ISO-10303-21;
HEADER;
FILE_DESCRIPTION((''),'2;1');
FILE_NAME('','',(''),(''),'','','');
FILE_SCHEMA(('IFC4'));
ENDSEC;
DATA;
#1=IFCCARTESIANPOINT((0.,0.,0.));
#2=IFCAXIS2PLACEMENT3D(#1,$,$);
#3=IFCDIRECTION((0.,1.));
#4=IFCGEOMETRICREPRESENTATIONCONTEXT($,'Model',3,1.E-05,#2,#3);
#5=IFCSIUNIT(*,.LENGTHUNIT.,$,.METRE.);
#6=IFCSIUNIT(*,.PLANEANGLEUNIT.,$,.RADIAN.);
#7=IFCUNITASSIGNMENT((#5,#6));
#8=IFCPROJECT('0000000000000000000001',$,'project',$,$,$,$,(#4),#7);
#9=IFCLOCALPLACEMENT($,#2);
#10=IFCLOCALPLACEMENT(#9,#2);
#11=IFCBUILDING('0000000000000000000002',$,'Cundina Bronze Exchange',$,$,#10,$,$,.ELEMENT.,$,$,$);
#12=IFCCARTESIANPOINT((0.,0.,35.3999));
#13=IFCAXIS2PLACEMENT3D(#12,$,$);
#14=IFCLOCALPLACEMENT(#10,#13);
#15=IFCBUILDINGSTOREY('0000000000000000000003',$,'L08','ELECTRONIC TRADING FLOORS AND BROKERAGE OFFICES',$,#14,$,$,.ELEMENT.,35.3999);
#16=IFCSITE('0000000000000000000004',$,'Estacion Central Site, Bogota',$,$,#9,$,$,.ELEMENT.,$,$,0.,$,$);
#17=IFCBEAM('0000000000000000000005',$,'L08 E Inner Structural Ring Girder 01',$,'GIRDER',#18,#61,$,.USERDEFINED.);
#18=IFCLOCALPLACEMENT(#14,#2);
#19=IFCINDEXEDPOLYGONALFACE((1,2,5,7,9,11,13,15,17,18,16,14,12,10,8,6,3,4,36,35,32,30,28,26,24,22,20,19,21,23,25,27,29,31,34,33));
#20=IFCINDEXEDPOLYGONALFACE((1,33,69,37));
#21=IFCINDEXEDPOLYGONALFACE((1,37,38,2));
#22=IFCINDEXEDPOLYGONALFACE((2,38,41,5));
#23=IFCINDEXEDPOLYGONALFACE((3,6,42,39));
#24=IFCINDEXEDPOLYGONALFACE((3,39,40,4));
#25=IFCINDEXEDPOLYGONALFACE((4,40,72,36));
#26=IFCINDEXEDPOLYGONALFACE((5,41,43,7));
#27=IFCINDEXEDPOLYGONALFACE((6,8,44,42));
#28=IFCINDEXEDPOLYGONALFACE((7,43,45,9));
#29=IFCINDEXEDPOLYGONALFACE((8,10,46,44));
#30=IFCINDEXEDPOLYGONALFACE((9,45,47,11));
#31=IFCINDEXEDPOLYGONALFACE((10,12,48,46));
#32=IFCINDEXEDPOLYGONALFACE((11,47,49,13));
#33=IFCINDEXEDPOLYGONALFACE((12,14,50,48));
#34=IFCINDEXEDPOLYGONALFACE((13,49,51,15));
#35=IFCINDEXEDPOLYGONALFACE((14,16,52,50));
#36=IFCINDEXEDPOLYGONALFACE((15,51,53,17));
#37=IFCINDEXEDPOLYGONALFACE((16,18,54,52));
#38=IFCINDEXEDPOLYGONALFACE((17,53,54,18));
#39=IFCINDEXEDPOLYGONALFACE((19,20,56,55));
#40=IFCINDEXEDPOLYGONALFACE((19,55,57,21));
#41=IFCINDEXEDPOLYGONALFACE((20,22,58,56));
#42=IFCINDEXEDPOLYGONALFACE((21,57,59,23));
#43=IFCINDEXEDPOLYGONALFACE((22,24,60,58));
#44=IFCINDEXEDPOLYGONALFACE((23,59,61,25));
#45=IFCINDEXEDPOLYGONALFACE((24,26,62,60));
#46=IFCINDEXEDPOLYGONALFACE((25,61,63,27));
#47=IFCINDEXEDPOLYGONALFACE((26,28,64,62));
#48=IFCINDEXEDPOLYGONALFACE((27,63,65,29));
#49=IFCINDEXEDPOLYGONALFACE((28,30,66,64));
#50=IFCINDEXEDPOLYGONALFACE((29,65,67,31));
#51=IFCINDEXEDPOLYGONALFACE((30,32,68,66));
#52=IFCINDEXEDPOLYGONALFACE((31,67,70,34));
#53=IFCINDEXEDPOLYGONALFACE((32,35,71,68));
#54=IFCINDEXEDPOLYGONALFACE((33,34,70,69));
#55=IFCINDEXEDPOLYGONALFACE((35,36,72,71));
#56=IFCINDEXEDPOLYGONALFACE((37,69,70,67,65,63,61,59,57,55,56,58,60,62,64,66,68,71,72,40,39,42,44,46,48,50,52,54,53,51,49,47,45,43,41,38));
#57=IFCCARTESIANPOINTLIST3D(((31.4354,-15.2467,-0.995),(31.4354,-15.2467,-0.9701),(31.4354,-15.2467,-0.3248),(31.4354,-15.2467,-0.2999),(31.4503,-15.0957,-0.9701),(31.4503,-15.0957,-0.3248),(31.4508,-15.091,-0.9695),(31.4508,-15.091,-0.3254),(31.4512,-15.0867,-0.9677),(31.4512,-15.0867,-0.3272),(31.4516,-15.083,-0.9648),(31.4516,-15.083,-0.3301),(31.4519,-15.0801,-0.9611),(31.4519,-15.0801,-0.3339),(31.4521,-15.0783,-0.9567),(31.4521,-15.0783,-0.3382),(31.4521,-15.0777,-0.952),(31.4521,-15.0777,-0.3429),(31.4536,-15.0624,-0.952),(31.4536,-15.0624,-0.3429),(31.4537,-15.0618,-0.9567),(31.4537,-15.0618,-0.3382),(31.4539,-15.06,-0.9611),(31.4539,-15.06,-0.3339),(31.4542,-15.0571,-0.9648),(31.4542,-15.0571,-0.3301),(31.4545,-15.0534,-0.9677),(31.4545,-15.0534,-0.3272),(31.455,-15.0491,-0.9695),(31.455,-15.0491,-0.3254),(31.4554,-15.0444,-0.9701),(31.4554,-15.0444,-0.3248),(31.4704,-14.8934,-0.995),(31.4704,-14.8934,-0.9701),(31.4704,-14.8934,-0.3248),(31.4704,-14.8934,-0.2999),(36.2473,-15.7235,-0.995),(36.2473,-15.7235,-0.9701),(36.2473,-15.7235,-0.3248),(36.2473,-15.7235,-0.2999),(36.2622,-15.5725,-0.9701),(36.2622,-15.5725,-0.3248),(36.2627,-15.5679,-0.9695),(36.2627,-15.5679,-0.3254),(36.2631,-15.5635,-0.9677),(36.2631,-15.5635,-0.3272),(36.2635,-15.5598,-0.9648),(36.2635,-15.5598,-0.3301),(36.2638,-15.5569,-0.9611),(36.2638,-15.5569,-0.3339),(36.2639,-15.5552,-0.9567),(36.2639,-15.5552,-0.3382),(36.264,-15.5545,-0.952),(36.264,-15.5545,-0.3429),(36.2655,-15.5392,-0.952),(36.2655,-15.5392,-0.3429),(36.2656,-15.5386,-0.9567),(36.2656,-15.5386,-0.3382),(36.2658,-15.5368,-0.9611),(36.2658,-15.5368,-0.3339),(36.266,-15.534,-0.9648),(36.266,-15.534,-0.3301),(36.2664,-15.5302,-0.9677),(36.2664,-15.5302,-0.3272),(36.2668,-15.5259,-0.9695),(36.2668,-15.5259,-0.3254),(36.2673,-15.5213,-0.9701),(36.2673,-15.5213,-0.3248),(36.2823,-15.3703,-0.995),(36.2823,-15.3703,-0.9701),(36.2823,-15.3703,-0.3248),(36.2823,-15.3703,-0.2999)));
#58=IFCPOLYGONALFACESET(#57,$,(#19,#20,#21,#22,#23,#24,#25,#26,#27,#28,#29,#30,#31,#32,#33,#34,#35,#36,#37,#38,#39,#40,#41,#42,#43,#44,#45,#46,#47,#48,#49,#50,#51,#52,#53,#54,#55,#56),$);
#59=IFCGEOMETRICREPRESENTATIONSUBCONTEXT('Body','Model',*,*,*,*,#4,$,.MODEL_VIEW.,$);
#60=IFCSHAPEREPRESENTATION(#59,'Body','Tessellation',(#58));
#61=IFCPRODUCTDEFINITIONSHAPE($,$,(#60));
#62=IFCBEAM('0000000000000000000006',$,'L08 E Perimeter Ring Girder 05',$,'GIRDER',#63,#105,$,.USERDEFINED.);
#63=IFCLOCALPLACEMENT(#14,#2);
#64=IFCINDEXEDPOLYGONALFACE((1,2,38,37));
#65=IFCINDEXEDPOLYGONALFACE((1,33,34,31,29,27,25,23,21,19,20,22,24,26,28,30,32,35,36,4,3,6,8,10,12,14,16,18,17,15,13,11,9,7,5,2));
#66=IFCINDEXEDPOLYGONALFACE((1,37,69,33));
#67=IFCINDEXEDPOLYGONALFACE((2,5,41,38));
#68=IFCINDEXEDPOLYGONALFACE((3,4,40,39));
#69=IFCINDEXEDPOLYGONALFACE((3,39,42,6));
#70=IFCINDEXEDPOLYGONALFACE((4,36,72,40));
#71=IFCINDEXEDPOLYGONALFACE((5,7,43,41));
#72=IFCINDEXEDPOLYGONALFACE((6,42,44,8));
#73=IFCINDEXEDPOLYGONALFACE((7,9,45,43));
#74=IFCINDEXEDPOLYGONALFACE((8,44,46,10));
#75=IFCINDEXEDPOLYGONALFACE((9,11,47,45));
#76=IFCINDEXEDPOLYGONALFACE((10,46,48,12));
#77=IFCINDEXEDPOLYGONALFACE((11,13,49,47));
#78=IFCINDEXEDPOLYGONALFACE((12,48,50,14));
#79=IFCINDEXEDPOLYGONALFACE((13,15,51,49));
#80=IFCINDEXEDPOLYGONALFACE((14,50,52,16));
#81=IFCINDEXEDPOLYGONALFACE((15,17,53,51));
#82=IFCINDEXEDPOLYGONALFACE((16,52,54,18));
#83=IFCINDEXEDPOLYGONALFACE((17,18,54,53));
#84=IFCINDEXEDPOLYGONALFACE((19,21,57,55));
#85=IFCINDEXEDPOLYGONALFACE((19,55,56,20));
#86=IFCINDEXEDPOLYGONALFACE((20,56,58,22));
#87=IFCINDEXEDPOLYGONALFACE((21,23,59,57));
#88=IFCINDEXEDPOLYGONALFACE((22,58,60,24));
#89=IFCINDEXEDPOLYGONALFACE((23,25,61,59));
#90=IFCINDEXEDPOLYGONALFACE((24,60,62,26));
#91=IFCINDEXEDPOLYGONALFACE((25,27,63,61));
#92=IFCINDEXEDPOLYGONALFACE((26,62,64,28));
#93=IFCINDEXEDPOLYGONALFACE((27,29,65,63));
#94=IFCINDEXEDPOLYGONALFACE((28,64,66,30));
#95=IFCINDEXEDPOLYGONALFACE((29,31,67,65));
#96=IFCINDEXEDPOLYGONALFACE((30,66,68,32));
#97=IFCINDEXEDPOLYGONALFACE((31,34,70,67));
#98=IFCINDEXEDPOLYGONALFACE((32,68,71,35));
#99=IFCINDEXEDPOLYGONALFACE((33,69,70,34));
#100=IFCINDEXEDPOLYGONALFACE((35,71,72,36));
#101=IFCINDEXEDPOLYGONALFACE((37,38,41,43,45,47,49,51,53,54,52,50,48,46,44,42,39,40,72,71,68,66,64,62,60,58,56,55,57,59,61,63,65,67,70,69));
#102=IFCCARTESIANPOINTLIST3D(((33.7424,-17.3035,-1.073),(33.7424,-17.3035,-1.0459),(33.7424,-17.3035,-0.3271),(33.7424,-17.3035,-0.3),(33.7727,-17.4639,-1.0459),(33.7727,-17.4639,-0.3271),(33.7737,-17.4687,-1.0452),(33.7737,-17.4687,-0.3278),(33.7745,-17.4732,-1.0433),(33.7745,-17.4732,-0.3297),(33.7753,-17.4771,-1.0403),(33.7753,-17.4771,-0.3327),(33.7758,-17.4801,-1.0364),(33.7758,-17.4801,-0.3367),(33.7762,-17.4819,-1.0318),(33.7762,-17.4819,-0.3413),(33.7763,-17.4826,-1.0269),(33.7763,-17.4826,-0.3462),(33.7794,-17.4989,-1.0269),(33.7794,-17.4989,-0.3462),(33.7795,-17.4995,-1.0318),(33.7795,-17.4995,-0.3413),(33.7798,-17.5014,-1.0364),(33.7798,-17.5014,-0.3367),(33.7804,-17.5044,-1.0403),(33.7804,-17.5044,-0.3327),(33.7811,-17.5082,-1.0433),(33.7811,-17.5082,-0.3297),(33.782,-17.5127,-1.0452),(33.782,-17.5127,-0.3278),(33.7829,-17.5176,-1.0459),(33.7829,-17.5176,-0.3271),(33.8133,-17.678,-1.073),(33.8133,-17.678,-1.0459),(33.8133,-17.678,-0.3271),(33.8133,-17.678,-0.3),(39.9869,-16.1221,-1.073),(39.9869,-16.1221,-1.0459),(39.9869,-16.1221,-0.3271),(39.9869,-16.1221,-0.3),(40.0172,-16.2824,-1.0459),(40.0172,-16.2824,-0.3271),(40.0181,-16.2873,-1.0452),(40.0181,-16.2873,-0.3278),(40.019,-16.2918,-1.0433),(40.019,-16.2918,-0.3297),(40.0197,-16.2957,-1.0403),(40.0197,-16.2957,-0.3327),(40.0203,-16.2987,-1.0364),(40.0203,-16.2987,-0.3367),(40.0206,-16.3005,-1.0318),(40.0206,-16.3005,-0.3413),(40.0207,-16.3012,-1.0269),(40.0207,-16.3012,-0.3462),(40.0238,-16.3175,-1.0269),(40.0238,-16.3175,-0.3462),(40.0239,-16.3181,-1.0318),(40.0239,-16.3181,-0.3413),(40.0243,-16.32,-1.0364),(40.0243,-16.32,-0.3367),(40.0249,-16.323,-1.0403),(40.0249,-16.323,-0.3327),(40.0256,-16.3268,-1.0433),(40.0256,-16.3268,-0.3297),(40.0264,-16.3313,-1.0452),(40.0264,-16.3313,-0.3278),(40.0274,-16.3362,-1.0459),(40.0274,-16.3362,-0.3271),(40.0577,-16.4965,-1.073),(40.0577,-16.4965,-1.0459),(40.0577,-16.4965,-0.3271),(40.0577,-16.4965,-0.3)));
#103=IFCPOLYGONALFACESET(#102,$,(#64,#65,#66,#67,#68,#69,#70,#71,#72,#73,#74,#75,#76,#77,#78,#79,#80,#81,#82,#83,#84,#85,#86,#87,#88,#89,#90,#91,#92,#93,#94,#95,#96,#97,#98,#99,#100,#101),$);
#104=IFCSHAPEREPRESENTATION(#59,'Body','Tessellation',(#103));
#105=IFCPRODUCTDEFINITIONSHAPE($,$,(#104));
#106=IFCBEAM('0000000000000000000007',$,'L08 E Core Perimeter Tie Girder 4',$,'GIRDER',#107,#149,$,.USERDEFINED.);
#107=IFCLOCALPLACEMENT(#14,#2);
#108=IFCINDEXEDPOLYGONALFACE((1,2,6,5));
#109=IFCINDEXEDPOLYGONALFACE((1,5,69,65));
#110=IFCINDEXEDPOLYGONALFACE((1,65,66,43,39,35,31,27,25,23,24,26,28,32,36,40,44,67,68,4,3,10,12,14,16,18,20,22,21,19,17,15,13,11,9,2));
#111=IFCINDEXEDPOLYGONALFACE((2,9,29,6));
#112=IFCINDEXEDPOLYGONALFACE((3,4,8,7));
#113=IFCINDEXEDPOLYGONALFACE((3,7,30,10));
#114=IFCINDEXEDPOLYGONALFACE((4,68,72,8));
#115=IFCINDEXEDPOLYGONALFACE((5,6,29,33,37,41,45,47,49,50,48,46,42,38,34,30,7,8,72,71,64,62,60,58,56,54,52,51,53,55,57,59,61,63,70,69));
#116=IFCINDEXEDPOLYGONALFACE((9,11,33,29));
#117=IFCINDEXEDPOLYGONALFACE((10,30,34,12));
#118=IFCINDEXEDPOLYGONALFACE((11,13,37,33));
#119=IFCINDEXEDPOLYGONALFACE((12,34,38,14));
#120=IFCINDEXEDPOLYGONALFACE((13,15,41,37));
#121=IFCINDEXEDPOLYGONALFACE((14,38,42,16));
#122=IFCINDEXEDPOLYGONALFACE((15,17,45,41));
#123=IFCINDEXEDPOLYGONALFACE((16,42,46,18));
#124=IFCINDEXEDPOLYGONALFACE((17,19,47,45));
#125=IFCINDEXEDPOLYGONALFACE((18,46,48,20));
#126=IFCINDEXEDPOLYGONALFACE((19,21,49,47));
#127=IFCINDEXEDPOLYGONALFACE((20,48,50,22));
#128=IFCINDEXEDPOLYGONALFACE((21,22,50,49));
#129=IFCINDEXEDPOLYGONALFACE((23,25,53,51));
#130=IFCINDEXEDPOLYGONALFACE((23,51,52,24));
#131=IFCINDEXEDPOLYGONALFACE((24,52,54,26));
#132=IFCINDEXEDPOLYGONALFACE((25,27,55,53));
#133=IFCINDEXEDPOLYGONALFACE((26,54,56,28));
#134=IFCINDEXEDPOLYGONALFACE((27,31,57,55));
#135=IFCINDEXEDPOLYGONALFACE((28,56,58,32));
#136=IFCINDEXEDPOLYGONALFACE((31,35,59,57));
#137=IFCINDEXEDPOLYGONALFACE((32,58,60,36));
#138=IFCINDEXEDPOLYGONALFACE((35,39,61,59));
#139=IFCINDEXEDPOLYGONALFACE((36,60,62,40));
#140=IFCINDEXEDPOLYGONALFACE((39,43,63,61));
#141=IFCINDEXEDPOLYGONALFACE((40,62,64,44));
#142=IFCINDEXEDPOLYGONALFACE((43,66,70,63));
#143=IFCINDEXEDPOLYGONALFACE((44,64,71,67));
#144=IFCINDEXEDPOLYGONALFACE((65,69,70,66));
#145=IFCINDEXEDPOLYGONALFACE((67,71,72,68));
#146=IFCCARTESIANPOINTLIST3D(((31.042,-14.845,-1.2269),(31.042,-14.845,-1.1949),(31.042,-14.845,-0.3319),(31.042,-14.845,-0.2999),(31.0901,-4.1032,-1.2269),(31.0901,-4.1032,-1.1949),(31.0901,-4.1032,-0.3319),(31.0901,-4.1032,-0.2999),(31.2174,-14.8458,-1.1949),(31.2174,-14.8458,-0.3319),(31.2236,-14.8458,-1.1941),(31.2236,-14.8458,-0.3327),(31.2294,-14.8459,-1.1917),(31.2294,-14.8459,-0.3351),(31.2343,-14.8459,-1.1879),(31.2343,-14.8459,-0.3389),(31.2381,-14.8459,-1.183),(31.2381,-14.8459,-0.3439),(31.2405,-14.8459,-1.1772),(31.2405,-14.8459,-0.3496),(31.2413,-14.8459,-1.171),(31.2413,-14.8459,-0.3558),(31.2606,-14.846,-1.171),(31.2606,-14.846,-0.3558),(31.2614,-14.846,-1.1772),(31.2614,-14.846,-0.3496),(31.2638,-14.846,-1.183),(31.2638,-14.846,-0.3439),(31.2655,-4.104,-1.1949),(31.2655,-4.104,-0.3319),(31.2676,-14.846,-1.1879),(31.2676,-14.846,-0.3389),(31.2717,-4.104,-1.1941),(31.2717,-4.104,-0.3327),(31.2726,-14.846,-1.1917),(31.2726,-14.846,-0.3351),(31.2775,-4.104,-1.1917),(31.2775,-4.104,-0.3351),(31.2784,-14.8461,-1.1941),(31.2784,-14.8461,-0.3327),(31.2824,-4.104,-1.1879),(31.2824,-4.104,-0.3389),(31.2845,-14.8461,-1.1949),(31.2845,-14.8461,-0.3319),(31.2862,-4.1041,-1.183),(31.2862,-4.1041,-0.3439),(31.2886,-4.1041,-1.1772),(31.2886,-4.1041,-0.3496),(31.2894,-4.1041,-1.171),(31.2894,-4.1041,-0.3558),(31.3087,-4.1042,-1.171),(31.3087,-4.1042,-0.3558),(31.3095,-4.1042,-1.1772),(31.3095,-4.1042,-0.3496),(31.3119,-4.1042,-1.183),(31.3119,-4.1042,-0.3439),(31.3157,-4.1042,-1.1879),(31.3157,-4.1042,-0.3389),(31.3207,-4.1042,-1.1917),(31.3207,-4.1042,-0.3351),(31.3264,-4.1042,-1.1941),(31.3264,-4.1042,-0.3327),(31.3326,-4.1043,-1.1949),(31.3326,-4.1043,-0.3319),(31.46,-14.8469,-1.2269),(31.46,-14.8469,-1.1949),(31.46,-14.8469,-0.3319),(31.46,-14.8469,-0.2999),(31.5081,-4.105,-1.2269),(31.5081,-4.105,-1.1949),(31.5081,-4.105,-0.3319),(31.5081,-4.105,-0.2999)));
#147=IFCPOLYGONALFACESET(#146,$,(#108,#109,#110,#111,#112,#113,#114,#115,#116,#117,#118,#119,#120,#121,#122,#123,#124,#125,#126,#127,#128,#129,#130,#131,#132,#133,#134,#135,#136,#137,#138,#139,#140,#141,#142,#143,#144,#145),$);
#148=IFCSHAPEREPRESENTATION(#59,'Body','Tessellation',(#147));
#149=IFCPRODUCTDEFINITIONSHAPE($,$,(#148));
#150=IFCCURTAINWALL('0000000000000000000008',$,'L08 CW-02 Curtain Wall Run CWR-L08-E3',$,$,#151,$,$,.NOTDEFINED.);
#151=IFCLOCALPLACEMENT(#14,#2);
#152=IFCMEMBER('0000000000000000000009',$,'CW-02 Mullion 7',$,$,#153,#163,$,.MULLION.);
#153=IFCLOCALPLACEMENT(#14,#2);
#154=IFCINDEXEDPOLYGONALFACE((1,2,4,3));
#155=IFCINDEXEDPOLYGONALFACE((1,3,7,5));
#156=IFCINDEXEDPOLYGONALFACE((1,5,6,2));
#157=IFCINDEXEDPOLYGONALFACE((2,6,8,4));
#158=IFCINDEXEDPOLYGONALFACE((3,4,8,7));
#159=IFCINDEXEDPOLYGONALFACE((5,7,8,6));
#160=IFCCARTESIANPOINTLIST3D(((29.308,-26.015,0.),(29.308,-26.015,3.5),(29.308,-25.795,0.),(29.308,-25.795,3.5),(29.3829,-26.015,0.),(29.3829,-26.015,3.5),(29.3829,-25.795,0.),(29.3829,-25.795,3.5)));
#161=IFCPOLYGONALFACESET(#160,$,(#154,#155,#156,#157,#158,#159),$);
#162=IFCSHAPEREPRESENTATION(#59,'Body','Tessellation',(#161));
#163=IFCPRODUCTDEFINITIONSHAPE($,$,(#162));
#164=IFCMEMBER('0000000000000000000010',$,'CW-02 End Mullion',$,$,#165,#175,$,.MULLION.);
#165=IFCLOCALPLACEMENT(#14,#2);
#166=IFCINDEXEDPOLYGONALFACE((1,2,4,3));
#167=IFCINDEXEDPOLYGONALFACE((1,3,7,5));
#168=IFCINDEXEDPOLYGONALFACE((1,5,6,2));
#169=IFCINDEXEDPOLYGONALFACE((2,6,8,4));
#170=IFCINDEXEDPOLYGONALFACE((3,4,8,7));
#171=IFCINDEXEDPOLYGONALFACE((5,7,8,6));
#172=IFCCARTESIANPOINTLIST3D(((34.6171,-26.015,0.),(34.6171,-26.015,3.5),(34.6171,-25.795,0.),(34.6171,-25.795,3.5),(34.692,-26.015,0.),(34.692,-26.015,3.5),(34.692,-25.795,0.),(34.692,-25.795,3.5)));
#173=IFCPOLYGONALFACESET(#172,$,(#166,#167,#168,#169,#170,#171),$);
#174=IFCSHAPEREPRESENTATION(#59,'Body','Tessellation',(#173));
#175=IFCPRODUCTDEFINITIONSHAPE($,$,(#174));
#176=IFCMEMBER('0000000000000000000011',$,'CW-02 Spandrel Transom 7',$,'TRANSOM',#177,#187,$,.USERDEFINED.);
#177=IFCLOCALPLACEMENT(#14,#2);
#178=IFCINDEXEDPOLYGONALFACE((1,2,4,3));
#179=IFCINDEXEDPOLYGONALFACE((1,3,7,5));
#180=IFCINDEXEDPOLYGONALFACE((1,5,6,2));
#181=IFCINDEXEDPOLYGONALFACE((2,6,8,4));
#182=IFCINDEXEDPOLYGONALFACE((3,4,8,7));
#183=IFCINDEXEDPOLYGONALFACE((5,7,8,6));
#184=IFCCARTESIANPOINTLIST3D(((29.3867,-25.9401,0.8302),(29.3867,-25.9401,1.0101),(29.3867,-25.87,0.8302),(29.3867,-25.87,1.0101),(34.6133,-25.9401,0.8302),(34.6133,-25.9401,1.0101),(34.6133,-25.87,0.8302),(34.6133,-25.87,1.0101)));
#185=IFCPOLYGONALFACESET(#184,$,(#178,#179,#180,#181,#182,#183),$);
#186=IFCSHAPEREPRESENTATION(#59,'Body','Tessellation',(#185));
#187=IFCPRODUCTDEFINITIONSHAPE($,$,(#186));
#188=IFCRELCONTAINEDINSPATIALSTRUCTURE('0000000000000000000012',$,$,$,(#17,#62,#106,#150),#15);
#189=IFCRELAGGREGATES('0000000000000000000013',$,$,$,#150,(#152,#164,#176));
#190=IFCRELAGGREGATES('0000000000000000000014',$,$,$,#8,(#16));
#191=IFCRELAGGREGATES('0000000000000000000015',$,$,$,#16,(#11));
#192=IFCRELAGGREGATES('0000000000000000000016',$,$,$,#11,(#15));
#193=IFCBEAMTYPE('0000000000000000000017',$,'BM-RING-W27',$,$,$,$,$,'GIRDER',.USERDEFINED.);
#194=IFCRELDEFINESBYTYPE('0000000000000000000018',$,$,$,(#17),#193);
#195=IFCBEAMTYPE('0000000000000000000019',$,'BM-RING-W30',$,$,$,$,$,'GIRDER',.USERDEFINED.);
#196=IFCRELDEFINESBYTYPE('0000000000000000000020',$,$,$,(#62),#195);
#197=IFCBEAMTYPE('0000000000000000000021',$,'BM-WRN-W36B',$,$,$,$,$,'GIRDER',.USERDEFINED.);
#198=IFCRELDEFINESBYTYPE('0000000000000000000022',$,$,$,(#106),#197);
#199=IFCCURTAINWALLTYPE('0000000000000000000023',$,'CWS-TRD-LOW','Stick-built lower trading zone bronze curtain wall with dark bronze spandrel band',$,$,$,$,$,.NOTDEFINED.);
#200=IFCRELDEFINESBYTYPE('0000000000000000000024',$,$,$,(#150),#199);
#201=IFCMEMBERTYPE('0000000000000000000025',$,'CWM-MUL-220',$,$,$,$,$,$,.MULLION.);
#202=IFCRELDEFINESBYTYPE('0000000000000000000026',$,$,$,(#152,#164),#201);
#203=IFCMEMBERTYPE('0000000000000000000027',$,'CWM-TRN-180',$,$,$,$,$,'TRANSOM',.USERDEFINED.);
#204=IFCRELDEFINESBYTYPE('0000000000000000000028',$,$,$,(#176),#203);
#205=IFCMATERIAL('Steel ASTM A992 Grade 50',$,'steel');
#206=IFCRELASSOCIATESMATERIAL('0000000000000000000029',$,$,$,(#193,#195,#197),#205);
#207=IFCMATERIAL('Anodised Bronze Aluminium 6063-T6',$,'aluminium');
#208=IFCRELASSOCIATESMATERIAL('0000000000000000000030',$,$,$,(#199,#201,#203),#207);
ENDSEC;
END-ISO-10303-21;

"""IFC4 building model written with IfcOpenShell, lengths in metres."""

from ifc_helpers import new_model, si_unit, direction, frame, origin, origin_2d, place, context, subcontext, project, spatial, rectangle, i_section, extrude, material, material_profile, profile_set, type_object, element, aggregate, save


model = new_model("IFC4")

# Units and contexts
model_context = context("Model", 3, precision=1e-05, world=origin(), true_north=direction((0.0, 1.0)))
body_context = subcontext(model_context, "Body", "Model", "MODEL_VIEW")
ifc_project = project(units=[si_unit("LENGTHUNIT", "METRE"), si_unit("PLANEANGLEUNIT", "RADIAN")], contexts=[model_context])

# Site, building, storey
site_placement = place(None, origin())
site = spatial("IfcSite", under=ifc_project, at=site_placement, Name="Estacion Central Site, Bogota", CompositionType="ELEMENT", RefElevation=0.0)
building_placement = place(site_placement, origin())
building = spatial("IfcBuilding", under=site, at=building_placement, Name="Cundina Bronze Exchange", CompositionType="ELEMENT")
storey_placement = place(building_placement, frame((0.0, 0.0, 35.3999)))
storey = spatial("IfcBuildingStorey", under=building, at=storey_placement, Name="L08", Description="ELECTRONIC TRADING FLOORS AND BROKERAGE OFFICES", CompositionType="ELEMENT", Elevation=35.3999)

# Shared definitions
ifc_material_1 = material(Name="Steel ASTM A992 Grade 50", Category="steel")

# Beams
ifc_material_profile_1 = material_profile(ifc_material_1, i_section(OverallWidth=0.355, OverallDepth=0.6951, WebThickness=0.0154, FlangeThickness=0.0249, FilletRadius=0.0181, at=origin_2d()), Name="W27X146", Category="steel")
ifc_profile_set_1 = profile_set([ifc_material_profile_1], Name="Steel ASTM A992 Grade 50")
beam_type_1 = type_object("IfcBeamType", Name="BM-RING-W27", ElementType="GIRDER", PredefinedType="USERDEFINED", material=ifc_profile_set_1)
beam_1_placement = place(storey_placement, frame((31.4529, -15.0701, -0.6475), z_axis=(0.995126, -0.098609, 0.0), x_axis=(0.098609, 0.995126, 0.0)))
element("IfcBeam", 1, at=beam_1_placement, inside=storey, type_object=beam_type_1, Name="L08 E Inner Structural Ring Girder 01", ObjectType="GIRDER", PredefinedType="USERDEFINED", context=body_context, shape_type="SweptSolid", body=[
    extrude(i_section(OverallWidth=0.355, OverallDepth=0.6951, WebThickness=0.0154, FlangeThickness=0.0249, FilletRadius=0.0181, at=origin_2d()), origin(), (0.0, 0.0, 1.0), 4.8354),
])
ifc_material_profile_2 = material_profile(ifc_material_1, i_section(OverallWidth=0.3811, OverallDepth=0.7729, WebThickness=0.0166, FlangeThickness=0.0271, FilletRadius=0.019, at=origin_2d()), Name="W30X173", Category="steel")
ifc_profile_set_2 = profile_set([ifc_material_profile_2], Name="Steel ASTM A992 Grade 50")
beam_type_2 = type_object("IfcBeamType", Name="BM-RING-W30", ElementType="GIRDER", PredefinedType="USERDEFINED", material=ifc_profile_set_2)
beam_2_placement = place(storey_placement, frame((33.7778, -17.4907, -0.6865), z_axis=(0.982569, 0.185896, 0.0), x_axis=(-0.185896, 0.982569, 0.0)))
element("IfcBeam", 2, at=beam_2_placement, inside=storey, type_object=beam_type_2, Name="L08 E Perimeter Ring Girder 05", ObjectType="GIRDER", PredefinedType="USERDEFINED", context=body_context, shape_type="SweptSolid", body=[
    extrude(i_section(OverallWidth=0.3811, OverallDepth=0.7729, WebThickness=0.0166, FlangeThickness=0.0271, FilletRadius=0.019, at=origin_2d()), origin(), (0.0, 0.0, 1.0), 6.3552),
])
ifc_material_profile_3 = material_profile(ifc_material_1, i_section(OverallWidth=0.418, OverallDepth=0.927, WebThickness=0.0193, FlangeThickness=0.032, FilletRadius=0.0239, at=origin_2d()), Name="W36X231", Category="steel")
ifc_profile_set_3 = profile_set([ifc_material_profile_3], Name="Steel ASTM A992 Grade 50")
beam_type_3 = type_object("IfcBeamType", Name="BM-WRN-W36B", ElementType="GIRDER", PredefinedType="USERDEFINED", material=ifc_profile_set_3)
beam_3_placement = place(storey_placement, frame((31.251, -14.8459, -0.7634), z_axis=(0.004477, 0.99999, 0.0), x_axis=(-0.99999, 0.004477, 0.0)))
element("IfcBeam", 3, at=beam_3_placement, inside=storey, type_object=beam_type_3, Name="L08 E Core Perimeter Tie Girder 4", ObjectType="GIRDER", PredefinedType="USERDEFINED", context=body_context, shape_type="SweptSolid", body=[
    extrude(i_section(OverallWidth=0.418, OverallDepth=0.927, WebThickness=0.0193, FlangeThickness=0.032, FilletRadius=0.0239, at=origin_2d()), origin(), (0.0, 0.0, 1.0), 10.7419),
])

# Curtain wall, members
ifc_material_2 = material(Name="Anodised Bronze Aluminium 6063-T6", Category="aluminium")
curtain_wall_type = type_object("IfcCurtainWallType", Name="CWS-TRD-LOW", Description="Stick-built lower trading zone bronze curtain wall with dark bronze spandrel band", PredefinedType="NOTDEFINED", material=ifc_material_2)
curtain_wall_placement = place(storey_placement, origin())
curtain_wall = element("IfcCurtainWall", 4, at=curtain_wall_placement, inside=storey, type_object=curtain_wall_type, Name="L08 CW-02 Curtain Wall Run CWR-L08-E3", PredefinedType="NOTDEFINED")
ifc_material_profile_4 = material_profile(ifc_material_2, rectangle(XDim=0.075, YDim=0.22, at=origin_2d()), Name="AL75X220", Category="aluminium")
ifc_profile_set_4 = profile_set([ifc_material_profile_4], Name="Anodised Bronze Aluminium 6063-T6")
member_type_1 = type_object("IfcMemberType", Name="CWM-MUL-220", PredefinedType="MULLION", material=ifc_profile_set_4)
member_1_placement = place(storey_placement, frame((29.3455, -25.905, 0.0), z_axis=(0.0, 0.0, 1.0), x_axis=(1.0, 0.0, 0.0)))
member_1 = element("IfcMember", 5, at=member_1_placement, type_object=member_type_1, Name="CW-02 Mullion 7", PredefinedType="MULLION", context=body_context, shape_type="SweptSolid", body=[
    extrude(rectangle(XDim=0.075, YDim=0.22, at=origin_2d()), origin(), (0.0, 0.0, 1.0), 3.5),
])
member_2_placement = place(storey_placement, frame((34.6545, -25.905, 0.0), z_axis=(0.0, 0.0, 1.0), x_axis=(1.0, 0.0, 0.0)))
member_2 = element("IfcMember", 6, at=member_2_placement, type_object=member_type_1, Name="CW-02 End Mullion", PredefinedType="MULLION", context=body_context, shape_type="SweptSolid", body=[
    extrude(rectangle(XDim=0.075, YDim=0.22, at=origin_2d()), origin(), (0.0, 0.0, 1.0), 3.5),
])
ifc_material_profile_5 = material_profile(ifc_material_2, rectangle(XDim=0.0701, YDim=0.1799, at=origin_2d()), Name="AL70X180", Category="aluminium")
ifc_profile_set_5 = profile_set([ifc_material_profile_5], Name="Anodised Bronze Aluminium 6063-T6")
member_type_2 = type_object("IfcMemberType", Name="CWM-TRN-180", ElementType="TRANSOM", PredefinedType="USERDEFINED", material=ifc_profile_set_5)
member_3_placement = place(storey_placement, frame((29.3867, -25.905, 0.9202), z_axis=(1.0, 0.0, 0.0), x_axis=(0.0, 1.0, 0.0)))
member_3 = element("IfcMember", 7, at=member_3_placement, type_object=member_type_2, Name="CW-02 Spandrel Transom 7", ObjectType="TRANSOM", PredefinedType="USERDEFINED", context=body_context, shape_type="SweptSolid", body=[
    extrude(rectangle(XDim=0.0701, YDim=0.1799, at=origin_2d()), origin(), (0.0, 0.0, 1.0), 5.2266),
])
aggregate(curtain_wall, [member_1, member_2, member_3])

save(model, "model.ifc")
